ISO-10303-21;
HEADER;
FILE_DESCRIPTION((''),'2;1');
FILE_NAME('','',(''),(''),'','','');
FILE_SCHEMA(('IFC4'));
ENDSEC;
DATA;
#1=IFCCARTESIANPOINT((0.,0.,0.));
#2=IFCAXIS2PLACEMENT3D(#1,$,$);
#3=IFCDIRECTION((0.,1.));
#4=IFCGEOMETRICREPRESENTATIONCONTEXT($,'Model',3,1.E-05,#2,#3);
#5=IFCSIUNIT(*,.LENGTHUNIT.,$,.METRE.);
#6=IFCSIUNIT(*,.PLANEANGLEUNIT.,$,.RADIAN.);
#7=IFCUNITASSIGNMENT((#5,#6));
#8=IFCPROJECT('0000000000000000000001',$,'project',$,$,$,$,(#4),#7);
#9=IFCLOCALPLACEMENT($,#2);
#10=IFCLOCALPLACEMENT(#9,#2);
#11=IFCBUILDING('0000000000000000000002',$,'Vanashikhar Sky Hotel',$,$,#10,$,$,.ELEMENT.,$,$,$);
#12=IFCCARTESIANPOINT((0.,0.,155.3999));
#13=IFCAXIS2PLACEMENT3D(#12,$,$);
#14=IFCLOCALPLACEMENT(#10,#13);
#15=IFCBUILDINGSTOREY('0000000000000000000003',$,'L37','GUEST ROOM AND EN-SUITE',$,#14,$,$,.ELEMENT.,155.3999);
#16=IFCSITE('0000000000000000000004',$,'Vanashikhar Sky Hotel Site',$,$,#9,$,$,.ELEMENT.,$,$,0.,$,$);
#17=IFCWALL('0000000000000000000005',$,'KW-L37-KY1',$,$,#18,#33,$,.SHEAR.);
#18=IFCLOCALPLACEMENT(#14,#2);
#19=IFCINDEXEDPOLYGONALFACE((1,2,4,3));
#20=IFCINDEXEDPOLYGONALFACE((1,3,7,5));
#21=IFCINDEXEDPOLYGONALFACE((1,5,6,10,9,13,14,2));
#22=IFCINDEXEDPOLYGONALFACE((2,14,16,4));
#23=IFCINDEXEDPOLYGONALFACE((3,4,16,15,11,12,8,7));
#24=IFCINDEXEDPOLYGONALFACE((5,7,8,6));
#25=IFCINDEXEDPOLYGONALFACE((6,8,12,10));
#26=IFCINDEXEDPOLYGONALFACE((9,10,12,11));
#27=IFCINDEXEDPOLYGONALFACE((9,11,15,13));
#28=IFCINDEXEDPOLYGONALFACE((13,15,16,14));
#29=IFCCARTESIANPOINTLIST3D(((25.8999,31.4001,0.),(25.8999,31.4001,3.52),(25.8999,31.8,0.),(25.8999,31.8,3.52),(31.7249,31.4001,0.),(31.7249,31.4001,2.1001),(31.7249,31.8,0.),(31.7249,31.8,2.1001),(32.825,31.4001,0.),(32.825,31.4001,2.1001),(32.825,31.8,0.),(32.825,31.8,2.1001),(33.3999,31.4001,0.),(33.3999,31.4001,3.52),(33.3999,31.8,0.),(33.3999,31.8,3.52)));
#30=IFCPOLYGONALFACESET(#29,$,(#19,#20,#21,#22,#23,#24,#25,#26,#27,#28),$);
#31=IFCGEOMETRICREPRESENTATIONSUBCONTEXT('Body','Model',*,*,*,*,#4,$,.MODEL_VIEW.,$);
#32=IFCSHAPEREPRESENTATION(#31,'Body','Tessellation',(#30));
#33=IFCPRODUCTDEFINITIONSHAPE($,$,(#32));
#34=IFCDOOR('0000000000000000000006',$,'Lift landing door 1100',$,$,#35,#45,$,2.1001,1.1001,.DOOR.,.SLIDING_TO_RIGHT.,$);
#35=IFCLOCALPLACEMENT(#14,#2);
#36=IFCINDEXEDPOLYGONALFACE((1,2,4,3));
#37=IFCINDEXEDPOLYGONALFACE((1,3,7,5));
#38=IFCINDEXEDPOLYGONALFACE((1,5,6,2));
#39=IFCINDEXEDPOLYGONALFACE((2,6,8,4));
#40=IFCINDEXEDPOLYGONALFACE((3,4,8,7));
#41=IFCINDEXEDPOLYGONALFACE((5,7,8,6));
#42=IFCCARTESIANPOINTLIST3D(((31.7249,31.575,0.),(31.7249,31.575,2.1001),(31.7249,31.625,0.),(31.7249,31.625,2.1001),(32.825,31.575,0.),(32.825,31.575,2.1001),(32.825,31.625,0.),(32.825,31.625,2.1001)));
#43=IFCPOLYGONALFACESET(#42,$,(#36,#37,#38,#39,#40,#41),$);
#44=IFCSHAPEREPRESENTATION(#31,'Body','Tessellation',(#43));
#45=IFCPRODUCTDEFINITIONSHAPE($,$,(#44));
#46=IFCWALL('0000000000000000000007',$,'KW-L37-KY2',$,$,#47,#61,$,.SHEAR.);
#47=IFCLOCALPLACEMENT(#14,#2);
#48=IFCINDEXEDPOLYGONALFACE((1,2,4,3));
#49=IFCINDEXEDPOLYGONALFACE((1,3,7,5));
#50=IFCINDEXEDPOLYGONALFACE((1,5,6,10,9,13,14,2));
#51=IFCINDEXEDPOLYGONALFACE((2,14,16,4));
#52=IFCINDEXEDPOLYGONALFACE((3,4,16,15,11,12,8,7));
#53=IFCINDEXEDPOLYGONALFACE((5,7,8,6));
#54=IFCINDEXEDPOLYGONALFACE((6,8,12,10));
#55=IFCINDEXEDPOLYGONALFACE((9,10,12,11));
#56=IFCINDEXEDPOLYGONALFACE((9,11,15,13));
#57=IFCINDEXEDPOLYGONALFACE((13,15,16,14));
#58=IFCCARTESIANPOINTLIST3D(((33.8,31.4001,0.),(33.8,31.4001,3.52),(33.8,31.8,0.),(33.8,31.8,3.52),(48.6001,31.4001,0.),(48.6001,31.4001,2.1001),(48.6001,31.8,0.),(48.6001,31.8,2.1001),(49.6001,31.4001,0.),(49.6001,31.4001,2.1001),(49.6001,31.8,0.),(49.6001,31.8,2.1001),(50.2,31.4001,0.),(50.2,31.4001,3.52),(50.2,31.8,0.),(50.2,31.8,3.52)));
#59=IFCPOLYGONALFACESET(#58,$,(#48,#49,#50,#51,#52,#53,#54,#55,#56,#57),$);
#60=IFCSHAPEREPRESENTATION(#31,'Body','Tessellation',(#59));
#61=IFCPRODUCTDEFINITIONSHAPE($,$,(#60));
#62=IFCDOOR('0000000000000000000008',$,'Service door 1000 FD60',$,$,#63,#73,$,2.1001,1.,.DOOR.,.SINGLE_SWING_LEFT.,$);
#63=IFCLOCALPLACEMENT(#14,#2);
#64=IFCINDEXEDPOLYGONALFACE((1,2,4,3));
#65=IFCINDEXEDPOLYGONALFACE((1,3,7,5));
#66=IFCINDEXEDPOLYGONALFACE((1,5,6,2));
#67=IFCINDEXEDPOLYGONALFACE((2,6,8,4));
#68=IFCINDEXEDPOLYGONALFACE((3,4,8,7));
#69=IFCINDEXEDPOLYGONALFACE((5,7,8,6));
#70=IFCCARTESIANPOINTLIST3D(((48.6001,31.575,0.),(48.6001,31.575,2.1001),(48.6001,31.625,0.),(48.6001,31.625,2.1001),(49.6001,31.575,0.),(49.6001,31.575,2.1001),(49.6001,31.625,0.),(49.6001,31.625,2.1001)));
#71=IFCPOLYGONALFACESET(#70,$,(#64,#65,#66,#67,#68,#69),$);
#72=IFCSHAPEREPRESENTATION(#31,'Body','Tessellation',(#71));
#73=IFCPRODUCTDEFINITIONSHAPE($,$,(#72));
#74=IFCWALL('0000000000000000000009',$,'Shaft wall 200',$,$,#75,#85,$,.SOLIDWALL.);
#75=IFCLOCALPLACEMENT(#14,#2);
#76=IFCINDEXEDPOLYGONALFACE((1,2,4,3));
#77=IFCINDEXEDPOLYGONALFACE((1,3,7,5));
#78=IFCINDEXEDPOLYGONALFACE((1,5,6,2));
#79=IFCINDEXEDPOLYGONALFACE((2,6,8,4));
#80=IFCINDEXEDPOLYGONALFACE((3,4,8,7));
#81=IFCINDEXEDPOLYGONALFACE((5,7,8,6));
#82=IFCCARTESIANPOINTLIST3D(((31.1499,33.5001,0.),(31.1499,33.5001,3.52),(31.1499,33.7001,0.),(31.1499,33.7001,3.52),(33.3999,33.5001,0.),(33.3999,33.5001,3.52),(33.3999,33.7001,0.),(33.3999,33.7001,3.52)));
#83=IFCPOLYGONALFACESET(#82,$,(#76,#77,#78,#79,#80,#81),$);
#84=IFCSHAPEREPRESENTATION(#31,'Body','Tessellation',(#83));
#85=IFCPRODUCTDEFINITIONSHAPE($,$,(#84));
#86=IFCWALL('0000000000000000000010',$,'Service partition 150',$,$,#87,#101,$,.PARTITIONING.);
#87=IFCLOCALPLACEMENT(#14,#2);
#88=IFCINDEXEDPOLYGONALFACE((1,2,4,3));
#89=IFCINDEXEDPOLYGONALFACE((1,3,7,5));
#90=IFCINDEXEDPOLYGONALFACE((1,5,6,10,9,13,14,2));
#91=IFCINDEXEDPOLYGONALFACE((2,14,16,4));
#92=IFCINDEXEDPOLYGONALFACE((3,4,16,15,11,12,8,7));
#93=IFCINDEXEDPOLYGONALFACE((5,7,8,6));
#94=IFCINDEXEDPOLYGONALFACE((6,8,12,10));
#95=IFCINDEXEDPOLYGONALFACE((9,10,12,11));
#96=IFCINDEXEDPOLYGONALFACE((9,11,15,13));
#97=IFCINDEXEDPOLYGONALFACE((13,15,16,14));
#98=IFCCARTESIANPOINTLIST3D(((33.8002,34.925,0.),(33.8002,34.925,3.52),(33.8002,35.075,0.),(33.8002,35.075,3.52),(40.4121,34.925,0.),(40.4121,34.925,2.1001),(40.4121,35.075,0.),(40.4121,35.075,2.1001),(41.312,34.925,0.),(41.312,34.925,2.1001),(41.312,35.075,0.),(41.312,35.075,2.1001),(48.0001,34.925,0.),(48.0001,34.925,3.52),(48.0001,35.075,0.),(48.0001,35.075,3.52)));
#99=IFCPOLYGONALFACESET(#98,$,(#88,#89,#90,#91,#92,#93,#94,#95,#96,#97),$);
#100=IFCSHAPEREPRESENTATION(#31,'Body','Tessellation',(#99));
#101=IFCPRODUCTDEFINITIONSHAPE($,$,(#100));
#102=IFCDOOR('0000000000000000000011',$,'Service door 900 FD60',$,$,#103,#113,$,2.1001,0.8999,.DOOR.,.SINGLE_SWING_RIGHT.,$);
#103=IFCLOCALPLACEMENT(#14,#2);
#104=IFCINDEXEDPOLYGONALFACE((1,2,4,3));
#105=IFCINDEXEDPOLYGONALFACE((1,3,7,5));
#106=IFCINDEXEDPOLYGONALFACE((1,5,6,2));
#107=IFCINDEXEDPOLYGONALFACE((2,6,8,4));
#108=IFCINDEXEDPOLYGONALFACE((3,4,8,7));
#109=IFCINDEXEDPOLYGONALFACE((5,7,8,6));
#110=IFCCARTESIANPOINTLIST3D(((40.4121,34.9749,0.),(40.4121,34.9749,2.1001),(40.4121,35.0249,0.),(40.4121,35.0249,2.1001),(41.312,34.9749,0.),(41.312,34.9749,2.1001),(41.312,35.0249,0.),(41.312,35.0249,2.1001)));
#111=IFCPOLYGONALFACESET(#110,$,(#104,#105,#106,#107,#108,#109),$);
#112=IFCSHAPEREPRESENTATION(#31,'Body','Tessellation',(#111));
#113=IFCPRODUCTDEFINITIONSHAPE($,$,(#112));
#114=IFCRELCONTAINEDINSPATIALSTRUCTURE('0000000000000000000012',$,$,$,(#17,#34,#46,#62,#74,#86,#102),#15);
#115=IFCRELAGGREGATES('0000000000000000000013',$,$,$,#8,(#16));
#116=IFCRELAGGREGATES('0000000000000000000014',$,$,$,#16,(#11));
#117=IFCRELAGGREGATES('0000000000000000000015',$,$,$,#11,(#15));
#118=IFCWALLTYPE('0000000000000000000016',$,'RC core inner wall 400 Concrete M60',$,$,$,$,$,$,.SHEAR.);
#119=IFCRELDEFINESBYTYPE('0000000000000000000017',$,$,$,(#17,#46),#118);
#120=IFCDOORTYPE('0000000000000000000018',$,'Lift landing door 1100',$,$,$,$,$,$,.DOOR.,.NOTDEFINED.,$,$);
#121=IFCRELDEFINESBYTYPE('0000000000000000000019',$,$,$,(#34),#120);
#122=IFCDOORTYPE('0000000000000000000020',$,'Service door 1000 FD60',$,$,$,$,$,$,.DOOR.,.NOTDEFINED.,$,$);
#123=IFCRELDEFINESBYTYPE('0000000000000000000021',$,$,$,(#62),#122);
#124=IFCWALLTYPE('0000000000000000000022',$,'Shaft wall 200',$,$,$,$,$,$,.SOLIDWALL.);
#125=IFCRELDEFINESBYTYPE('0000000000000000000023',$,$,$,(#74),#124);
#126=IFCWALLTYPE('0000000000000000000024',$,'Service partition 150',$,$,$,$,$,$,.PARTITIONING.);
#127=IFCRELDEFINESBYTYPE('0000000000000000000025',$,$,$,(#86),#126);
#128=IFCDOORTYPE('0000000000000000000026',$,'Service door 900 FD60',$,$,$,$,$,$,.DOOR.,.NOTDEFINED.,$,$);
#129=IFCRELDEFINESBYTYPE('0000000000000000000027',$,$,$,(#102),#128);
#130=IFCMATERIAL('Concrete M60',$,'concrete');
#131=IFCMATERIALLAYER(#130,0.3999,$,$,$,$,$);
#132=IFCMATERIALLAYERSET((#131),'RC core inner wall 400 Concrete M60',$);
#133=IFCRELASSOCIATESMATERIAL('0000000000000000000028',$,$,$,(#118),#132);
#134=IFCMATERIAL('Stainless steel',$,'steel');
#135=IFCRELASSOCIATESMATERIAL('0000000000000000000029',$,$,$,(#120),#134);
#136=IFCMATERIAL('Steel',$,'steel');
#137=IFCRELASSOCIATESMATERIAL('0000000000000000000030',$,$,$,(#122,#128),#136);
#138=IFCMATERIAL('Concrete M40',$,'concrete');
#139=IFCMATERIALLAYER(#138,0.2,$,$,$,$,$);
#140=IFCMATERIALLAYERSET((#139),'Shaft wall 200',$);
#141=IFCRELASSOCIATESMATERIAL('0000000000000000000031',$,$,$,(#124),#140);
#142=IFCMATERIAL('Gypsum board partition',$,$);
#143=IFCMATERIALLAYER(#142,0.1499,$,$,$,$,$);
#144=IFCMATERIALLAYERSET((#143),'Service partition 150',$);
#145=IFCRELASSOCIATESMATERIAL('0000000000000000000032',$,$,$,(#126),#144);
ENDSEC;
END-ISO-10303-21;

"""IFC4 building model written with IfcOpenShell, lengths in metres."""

from ifc_helpers import new_model, si_unit, direction, frame, frame_2d, origin, place, context, subcontext, project, spatial, rectangle, extrude, source, transform, mapped, material, layer, layer_set, type_object, element, fill, save


model = new_model("IFC4")

# Units and contexts
model_context = context("Model", 3, precision=1e-05, world=origin(), true_north=direction((0.0, 1.0)))
body_context = subcontext(model_context, "Body", "Model", "MODEL_VIEW")
ifc_project = project(units=[si_unit("LENGTHUNIT", "METRE"), si_unit("PLANEANGLEUNIT", "RADIAN")], contexts=[model_context])

# Site, building, storey
site_placement = place(None, origin())
site = spatial("IfcSite", under=ifc_project, at=site_placement, Name="Vanashikhar Sky Hotel Site", CompositionType="ELEMENT", RefElevation=0.0)
building_placement = place(site_placement, origin())
building = spatial("IfcBuilding", under=site, at=building_placement, Name="Vanashikhar Sky Hotel", CompositionType="ELEMENT")
storey_placement = place(building_placement, frame((0.0, 0.0, 155.3999)))
storey = spatial("IfcBuildingStorey", under=building, at=storey_placement, Name="L37", Description="GUEST ROOM AND EN-SUITE", CompositionType="ELEMENT", Elevation=155.3999)

# Walls, openings, doors
ifc_material_1 = material(Name="Concrete M60", Category="concrete")
ifc_layer_1 = layer(ifc_material_1, 0.3999)
ifc_layer_set_1 = layer_set([ifc_layer_1], Name="RC core inner wall 400 Concrete M60")
wall_type_1 = type_object("IfcWallType", Name="RC core inner wall 400 Concrete M60", PredefinedType="SHEAR", material=ifc_layer_set_1)
shared_shape_1 = source(origin(), body_context, "Body", "SweptSolid", [
    extrude(rectangle(XDim=7.5, YDim=0.3999, at=frame_2d((3.75, 0.0))), origin(), (0.0, 0.0, 1.0), 3.52),
])
wall_1_placement = place(storey_placement, frame((25.8999, 31.6001, 0.0), z_axis=(0.0, 0.0, 1.0), x_axis=(1.0, 0.0, 0.0)))
wall_1 = element("IfcWall", 1, at=wall_1_placement, inside=storey, type_object=wall_type_1, Name="KW-L37-KY1", PredefinedType="SHEAR", context=body_context, shape_type="MappedRepresentation", body=[
    mapped(shared_shape_1, transform((0.0, 0.0, 0.0), scale=1.0)),
])
shared_shape_2 = source(origin(), body_context, "Body", "SweptSolid", [
    extrude(rectangle(XDim=1.1001, YDim=2.1001, at=frame_2d((0.55, 1.05))), frame((0.0, 0.21, 0.0), z_axis=(0.0, -1.0, 0.0), x_axis=(1.0, 0.0, 0.0)), (0.0, 0.0, 1.0), 0.4199),
])
opening_1_placement = place(wall_1_placement, frame((5.825, 0.0, 0.0)))
opening_1 = element("IfcOpeningElement", 2, at=opening_1_placement, cuts=wall_1, PredefinedType="OPENING", context=body_context, shape_type="MappedRepresentation", body=[
    mapped(shared_shape_2, transform((0.0, 0.0, 0.0), scale=1.0)),
])
ifc_material_2 = material(Name="Stainless steel", Category="steel")
door_type_1 = type_object("IfcDoorType", Name="Lift landing door 1100", OperationType="NOTDEFINED", PredefinedType="DOOR", material=ifc_material_2)
shared_shape_3 = source(origin(), body_context, "Body", "SweptSolid", [
    extrude(rectangle(XDim=1.1001, YDim=2.1001, at=frame_2d((0.55, 1.05))), frame((0.0, 0.0249, 0.0), z_axis=(0.0, -1.0, 0.0), x_axis=(1.0, 0.0, 0.0)), (0.0, 0.0, 1.0), 0.05),
])
door_1_placement = place(opening_1_placement, origin())
door_1 = element("IfcDoor", 3, at=door_1_placement, inside=storey, type_object=door_type_1, Name="Lift landing door 1100", OperationType="SLIDING_TO_RIGHT", OverallHeight=2.1001, OverallWidth=1.1001, PredefinedType="DOOR", context=body_context, shape_type="MappedRepresentation", body=[
    mapped(shared_shape_3, transform((0.0, 0.0, 0.0), scale=1.0)),
])
fill(opening_1, door_1)
shared_shape_4 = source(origin(), body_context, "Body", "SweptSolid", [
    extrude(rectangle(XDim=16.3999, YDim=0.3999, at=frame_2d((8.2, 0.0))), origin(), (0.0, 0.0, 1.0), 3.52),
])
wall_2_placement = place(storey_placement, frame((33.8, 31.6001, 0.0), z_axis=(0.0, 0.0, 1.0), x_axis=(1.0, 0.0, 0.0)))
wall_2 = element("IfcWall", 4, at=wall_2_placement, inside=storey, type_object=wall_type_1, Name="KW-L37-KY2", PredefinedType="SHEAR", context=body_context, shape_type="MappedRepresentation", body=[
    mapped(shared_shape_4, transform((0.0, 0.0, 0.0), scale=1.0)),
])
shared_shape_5 = source(origin(), body_context, "Body", "SweptSolid", [
    extrude(rectangle(XDim=1.0, YDim=2.1001, at=frame_2d((0.5, 1.05))), frame((0.0, 0.21, 0.0), z_axis=(0.0, -1.0, 0.0), x_axis=(1.0, 0.0, 0.0)), (0.0, 0.0, 1.0), 0.4199),
])
opening_2_placement = place(wall_2_placement, frame((14.8, 0.0, 0.0)))
opening_2 = element("IfcOpeningElement", 5, at=opening_2_placement, cuts=wall_2, PredefinedType="OPENING", context=body_context, shape_type="MappedRepresentation", body=[
    mapped(shared_shape_5, transform((0.0, 0.0, 0.0), scale=1.0)),
])
ifc_material_3 = material(Name="Steel", Category="steel")
door_type_2 = type_object("IfcDoorType", Name="Service door 1000 FD60", OperationType="NOTDEFINED", PredefinedType="DOOR", material=ifc_material_3)
shared_shape_6 = source(origin(), body_context, "Body", "SweptSolid", [
    extrude(rectangle(XDim=1.0, YDim=2.1001, at=frame_2d((0.5, 1.05))), frame((0.0, 0.0249, 0.0), z_axis=(0.0, -1.0, 0.0), x_axis=(1.0, 0.0, 0.0)), (0.0, 0.0, 1.0), 0.05),
])
door_2_placement = place(opening_2_placement, origin())
door_2 = element("IfcDoor", 6, at=door_2_placement, inside=storey, type_object=door_type_2, Name="Service door 1000 FD60", OperationType="SINGLE_SWING_LEFT", OverallHeight=2.1001, OverallWidth=1.0, PredefinedType="DOOR", context=body_context, shape_type="MappedRepresentation", body=[
    mapped(shared_shape_6, transform((0.0, 0.0, 0.0), scale=1.0)),
])
fill(opening_2, door_2)

# Wall
ifc_material_4 = material(Name="Concrete M40", Category="concrete")
ifc_layer_2 = layer(ifc_material_4, 0.2)
ifc_layer_set_2 = layer_set([ifc_layer_2], Name="Shaft wall 200")
wall_type_2 = type_object("IfcWallType", Name="Shaft wall 200", PredefinedType="SOLIDWALL", material=ifc_layer_set_2)
shared_shape_7 = source(origin(), body_context, "Body", "SweptSolid", [
    extrude(rectangle(XDim=2.25, YDim=0.2, at=frame_2d((1.125, 0.0))), origin(), (0.0, 0.0, 1.0), 3.52),
])
wall_3_placement = place(storey_placement, frame((31.1499, 33.6001, 0.0), z_axis=(0.0, 0.0, 1.0), x_axis=(1.0, 0.0, 0.0)))
element("IfcWall", 7, at=wall_3_placement, inside=storey, type_object=wall_type_2, Name="Shaft wall 200", PredefinedType="SOLIDWALL", context=body_context, shape_type="MappedRepresentation", body=[
    mapped(shared_shape_7, transform((0.0, 0.0, 0.0), scale=1.0)),
])

# Wall, opening, door
ifc_material_5 = material(Name="Gypsum board partition")
ifc_layer_3 = layer(ifc_material_5, 0.1499)
ifc_layer_set_3 = layer_set([ifc_layer_3], Name="Service partition 150")
wall_type_3 = type_object("IfcWallType", Name="Service partition 150", PredefinedType="PARTITIONING", material=ifc_layer_set_3)
shared_shape_8 = source(origin(), body_context, "Body", "SweptSolid", [
    extrude(rectangle(XDim=14.2, YDim=0.1499, at=frame_2d((7.1001, 0.0))), origin(), (0.0, 0.0, 1.0), 3.52),
])
wall_4_placement = place(storey_placement, frame((33.8, 35.0, 0.0), z_axis=(0.0, 0.0, 1.0), x_axis=(1.0, 0.0, 0.0)))
wall_4 = element("IfcWall", 8, at=wall_4_placement, inside=storey, type_object=wall_type_3, Name="Service partition 150", PredefinedType="PARTITIONING", context=body_context, shape_type="MappedRepresentation", body=[
    mapped(shared_shape_8, transform((0.0, 0.0, 0.0), scale=1.0)),
])
shared_shape_9 = source(origin(), body_context, "Body", "SweptSolid", [
    extrude(rectangle(XDim=0.8999, YDim=2.1001, at=frame_2d((0.45, 1.05))), frame((0.0, 0.085, 0.0), z_axis=(0.0, -1.0, 0.0), x_axis=(1.0, 0.0, 0.0)), (0.0, 0.0, 1.0), 0.1699),
])
opening_3_placement = place(wall_4_placement, frame((6.6121, 0.0, 0.0)))
opening_3 = element("IfcOpeningElement", 9, at=opening_3_placement, cuts=wall_4, PredefinedType="OPENING", context=body_context, shape_type="MappedRepresentation", body=[
    mapped(shared_shape_9, transform((0.0, 0.0, 0.0), scale=1.0)),
])
door_type_3 = type_object("IfcDoorType", Name="Service door 900 FD60", OperationType="NOTDEFINED", PredefinedType="DOOR", material=ifc_material_3)
shared_shape_10 = source(origin(), body_context, "Body", "SweptSolid", [
    extrude(rectangle(XDim=0.8999, YDim=2.1001, at=frame_2d((0.45, 1.05))), frame((0.0, 0.0249, 0.0), z_axis=(0.0, -1.0, 0.0), x_axis=(1.0, 0.0, 0.0)), (0.0, 0.0, 1.0), 0.05),
])
door_3_placement = place(opening_3_placement, origin())
door_3 = element("IfcDoor", 10, at=door_3_placement, inside=storey, type_object=door_type_3, Name="Service door 900 FD60", OperationType="SINGLE_SWING_RIGHT", OverallHeight=2.1001, OverallWidth=0.8999, PredefinedType="DOOR", context=body_context, shape_type="MappedRepresentation", body=[
    mapped(shared_shape_10, transform((0.0, 0.0, 0.0), scale=1.0)),
])
fill(opening_3, door_3)

save(model, "model.ifc")
